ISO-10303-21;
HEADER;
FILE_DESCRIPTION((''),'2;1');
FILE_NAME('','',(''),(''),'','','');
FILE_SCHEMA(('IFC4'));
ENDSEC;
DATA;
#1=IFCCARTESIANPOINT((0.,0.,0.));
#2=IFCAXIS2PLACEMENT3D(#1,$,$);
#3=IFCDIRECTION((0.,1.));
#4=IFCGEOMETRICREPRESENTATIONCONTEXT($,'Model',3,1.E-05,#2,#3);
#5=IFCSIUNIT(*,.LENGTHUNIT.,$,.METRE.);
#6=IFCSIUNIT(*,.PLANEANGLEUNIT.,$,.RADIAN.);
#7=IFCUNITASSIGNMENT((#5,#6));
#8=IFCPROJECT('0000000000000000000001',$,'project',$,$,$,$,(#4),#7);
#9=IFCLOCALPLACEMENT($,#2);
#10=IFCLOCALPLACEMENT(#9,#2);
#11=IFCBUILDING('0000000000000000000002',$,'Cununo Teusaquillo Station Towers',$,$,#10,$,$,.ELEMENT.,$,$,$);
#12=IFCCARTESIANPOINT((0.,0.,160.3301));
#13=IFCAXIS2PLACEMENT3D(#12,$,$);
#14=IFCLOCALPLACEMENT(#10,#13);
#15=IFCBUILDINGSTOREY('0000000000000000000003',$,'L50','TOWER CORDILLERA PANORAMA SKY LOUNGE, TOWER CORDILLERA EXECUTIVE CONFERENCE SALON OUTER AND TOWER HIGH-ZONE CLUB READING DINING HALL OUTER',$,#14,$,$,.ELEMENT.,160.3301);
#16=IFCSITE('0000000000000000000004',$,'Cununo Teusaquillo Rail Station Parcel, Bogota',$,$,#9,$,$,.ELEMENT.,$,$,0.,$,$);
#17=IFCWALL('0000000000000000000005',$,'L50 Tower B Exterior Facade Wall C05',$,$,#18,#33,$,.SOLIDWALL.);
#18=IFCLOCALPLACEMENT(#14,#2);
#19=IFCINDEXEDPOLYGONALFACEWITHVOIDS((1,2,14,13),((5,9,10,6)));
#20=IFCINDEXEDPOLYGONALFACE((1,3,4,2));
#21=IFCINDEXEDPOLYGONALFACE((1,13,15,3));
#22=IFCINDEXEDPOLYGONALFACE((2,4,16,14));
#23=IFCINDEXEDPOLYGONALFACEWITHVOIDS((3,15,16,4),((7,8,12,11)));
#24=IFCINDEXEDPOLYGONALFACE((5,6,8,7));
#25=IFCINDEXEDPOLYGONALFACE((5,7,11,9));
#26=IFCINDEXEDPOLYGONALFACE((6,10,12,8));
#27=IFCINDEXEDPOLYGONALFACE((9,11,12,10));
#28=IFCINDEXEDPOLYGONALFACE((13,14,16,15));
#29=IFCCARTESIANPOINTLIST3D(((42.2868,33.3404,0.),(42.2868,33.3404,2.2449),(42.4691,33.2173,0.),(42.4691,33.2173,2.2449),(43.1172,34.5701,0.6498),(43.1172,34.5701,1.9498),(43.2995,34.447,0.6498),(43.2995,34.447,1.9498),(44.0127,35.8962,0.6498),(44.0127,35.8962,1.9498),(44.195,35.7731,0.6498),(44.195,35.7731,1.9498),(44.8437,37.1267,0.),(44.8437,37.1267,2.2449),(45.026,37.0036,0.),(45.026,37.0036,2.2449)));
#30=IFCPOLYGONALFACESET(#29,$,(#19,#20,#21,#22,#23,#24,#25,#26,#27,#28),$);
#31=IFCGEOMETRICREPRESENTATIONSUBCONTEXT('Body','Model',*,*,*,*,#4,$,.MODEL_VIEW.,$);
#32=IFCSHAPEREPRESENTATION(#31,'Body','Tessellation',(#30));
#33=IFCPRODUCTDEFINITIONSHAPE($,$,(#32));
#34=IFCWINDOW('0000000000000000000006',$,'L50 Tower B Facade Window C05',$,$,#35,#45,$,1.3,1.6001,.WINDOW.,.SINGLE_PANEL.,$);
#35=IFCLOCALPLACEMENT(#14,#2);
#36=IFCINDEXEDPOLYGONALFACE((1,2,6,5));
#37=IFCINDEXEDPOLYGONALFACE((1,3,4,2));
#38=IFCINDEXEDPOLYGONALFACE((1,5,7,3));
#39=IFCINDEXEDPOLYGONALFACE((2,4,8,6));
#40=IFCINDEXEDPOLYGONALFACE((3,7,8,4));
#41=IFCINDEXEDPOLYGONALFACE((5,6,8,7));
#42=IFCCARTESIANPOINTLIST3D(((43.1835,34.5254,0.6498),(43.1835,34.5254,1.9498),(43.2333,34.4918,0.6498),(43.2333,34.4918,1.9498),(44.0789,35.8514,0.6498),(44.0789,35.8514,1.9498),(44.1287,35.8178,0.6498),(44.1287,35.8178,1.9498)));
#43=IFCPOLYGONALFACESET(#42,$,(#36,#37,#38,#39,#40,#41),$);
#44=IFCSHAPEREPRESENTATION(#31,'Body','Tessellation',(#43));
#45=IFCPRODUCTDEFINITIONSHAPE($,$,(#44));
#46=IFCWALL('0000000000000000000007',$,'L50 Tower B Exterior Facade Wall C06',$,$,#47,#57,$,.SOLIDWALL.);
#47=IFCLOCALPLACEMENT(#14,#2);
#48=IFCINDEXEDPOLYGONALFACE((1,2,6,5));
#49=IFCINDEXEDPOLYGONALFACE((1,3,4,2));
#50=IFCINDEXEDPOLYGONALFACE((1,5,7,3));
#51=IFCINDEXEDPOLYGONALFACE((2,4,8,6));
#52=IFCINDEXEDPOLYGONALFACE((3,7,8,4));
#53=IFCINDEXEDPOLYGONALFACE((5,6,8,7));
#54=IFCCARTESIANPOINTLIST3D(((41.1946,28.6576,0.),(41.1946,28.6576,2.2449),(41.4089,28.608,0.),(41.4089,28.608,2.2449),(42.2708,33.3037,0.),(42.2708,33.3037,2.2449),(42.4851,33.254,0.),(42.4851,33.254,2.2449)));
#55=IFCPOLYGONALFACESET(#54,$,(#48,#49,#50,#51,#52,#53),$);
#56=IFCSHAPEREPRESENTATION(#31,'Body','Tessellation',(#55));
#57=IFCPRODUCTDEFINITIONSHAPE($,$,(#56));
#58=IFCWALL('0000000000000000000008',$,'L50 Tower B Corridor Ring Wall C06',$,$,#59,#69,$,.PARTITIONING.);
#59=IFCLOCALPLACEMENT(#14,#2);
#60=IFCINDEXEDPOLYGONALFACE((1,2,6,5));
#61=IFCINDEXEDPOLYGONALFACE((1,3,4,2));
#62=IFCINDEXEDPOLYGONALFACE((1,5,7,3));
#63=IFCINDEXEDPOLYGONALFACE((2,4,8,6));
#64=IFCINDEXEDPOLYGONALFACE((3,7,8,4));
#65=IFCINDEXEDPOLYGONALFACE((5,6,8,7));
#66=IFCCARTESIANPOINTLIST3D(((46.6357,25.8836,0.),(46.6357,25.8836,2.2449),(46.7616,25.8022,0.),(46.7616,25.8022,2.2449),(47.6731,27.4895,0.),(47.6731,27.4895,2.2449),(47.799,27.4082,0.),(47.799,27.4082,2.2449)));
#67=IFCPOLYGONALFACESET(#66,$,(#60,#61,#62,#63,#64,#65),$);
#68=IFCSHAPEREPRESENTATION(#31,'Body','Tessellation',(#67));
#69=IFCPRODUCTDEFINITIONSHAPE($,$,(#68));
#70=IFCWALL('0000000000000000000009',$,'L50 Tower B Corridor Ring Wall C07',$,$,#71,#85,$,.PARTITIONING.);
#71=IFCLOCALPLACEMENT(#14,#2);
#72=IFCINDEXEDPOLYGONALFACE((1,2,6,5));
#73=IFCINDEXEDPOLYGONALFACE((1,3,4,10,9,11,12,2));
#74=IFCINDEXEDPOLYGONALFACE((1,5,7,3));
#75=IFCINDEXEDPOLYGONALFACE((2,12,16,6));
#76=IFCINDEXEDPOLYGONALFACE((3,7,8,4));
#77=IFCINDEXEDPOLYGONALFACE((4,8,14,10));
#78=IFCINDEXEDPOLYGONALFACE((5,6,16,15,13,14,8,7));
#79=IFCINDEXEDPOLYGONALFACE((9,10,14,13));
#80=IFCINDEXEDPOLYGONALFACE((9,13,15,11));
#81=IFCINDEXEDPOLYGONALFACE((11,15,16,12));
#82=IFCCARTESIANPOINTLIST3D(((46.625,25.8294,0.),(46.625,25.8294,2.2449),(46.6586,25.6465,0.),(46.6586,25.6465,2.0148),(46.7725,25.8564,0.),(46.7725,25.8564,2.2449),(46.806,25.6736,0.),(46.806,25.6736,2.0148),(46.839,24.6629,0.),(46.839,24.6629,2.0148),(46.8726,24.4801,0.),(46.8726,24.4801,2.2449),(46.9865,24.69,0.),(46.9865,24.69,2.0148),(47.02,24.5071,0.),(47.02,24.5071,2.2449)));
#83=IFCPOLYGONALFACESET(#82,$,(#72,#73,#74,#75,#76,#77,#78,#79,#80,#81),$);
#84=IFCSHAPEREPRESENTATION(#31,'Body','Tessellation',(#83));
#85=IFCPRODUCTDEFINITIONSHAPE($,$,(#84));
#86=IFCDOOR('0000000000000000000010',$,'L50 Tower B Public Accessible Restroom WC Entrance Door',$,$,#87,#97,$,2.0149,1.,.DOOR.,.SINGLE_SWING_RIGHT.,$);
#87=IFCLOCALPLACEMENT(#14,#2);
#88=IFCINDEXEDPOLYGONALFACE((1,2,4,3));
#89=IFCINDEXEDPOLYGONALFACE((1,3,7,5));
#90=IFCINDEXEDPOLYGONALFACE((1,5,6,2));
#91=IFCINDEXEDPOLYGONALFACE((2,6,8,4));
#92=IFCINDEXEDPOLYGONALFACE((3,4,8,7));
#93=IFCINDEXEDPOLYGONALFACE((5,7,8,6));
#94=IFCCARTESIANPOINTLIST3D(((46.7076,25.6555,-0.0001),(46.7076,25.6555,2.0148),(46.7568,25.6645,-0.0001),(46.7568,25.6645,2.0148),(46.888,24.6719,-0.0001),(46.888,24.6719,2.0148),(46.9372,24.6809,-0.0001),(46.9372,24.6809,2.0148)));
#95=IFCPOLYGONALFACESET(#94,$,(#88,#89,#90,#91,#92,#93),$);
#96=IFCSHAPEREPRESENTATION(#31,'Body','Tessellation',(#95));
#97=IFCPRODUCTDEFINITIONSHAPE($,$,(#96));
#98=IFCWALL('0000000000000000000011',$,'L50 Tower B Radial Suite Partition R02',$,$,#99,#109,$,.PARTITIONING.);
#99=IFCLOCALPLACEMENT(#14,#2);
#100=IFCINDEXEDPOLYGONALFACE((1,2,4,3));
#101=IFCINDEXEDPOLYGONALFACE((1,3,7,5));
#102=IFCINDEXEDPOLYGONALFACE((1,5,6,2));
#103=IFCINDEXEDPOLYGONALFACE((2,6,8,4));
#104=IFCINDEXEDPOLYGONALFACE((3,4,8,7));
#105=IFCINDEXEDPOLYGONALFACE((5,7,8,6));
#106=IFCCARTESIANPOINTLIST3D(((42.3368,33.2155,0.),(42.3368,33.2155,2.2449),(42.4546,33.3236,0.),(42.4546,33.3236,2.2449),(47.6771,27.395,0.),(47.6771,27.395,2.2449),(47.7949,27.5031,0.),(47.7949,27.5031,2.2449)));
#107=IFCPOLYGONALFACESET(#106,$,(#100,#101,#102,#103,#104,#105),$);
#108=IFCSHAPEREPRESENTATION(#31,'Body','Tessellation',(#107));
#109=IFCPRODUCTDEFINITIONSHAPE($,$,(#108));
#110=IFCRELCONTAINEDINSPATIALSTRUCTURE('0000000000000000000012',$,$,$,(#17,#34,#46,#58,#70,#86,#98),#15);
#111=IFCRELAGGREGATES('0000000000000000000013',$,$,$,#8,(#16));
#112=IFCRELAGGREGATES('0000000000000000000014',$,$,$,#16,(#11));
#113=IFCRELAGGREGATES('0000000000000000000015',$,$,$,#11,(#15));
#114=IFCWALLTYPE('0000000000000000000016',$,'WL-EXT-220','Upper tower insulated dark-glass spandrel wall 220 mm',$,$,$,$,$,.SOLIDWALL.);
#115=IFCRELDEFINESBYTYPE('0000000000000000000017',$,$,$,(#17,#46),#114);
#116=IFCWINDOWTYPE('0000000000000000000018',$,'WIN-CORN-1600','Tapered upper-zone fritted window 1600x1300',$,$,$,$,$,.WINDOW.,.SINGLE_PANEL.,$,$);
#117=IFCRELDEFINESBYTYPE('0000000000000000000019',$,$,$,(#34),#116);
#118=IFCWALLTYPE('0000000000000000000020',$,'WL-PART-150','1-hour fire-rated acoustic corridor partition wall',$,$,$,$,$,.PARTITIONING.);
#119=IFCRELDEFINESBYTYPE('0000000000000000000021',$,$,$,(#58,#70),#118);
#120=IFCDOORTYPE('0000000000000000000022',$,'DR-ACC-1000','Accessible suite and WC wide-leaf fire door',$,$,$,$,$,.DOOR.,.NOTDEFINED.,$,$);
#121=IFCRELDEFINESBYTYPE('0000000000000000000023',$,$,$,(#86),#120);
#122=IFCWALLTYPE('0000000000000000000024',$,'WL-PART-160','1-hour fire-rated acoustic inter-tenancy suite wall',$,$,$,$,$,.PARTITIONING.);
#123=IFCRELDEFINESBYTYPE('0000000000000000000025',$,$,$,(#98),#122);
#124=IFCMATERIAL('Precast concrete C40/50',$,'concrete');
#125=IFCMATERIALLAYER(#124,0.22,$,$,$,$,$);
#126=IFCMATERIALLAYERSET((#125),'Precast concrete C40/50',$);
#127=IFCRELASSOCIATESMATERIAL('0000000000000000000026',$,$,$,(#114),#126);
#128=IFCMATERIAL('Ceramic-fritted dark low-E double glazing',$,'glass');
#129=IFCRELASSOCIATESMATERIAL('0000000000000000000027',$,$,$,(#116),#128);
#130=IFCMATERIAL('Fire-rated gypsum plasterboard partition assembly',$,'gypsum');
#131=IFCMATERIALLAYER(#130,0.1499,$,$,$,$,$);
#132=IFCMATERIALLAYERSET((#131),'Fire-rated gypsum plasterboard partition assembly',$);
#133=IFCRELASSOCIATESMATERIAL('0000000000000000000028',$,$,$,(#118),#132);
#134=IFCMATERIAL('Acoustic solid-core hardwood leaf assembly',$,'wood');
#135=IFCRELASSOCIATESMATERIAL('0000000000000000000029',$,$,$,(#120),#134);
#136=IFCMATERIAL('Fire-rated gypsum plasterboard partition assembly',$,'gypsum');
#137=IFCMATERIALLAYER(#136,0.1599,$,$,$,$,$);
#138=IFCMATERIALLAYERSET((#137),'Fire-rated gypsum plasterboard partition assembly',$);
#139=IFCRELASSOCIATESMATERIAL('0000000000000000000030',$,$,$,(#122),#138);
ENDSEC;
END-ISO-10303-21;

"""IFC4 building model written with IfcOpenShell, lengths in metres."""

from ifc_helpers import new_model, si_unit, direction, frame, frame_2d, origin, place, context, subcontext, project, spatial, rectangle, extrude, source, transform, mapped, material, layer, layer_set, type_object, element, fill, save


model = new_model("IFC4")

# Units and contexts
model_context = context("Model", 3, precision=1e-05, world=origin(), true_north=direction((0.0, 1.0)))
body_context = subcontext(model_context, "Body", "Model", "MODEL_VIEW")
ifc_project = project(units=[si_unit("LENGTHUNIT", "METRE"), si_unit("PLANEANGLEUNIT", "RADIAN")], contexts=[model_context])

# Site, building, storey
site_placement = place(None, origin())
site = spatial("IfcSite", under=ifc_project, at=site_placement, Name="Cununo Teusaquillo Rail Station Parcel, Bogota", CompositionType="ELEMENT", RefElevation=0.0)
building_placement = place(site_placement, origin())
building = spatial("IfcBuilding", under=site, at=building_placement, Name="Cununo Teusaquillo Station Towers", CompositionType="ELEMENT")
storey_placement = place(building_placement, frame((0.0, 0.0, 160.3301)))
storey = spatial("IfcBuildingStorey", under=building, at=storey_placement, Name="L50", Description="TOWER CORDILLERA PANORAMA SKY LOUNGE, TOWER CORDILLERA EXECUTIVE CONFERENCE SALON OUTER AND TOWER HIGH-ZONE CLUB READING DINING HALL OUTER", CompositionType="ELEMENT", Elevation=160.3301)

# Shared definitions
ifc_material_1 = material(Name="Precast concrete C40/50", Category="concrete")
ifc_layer_1 = layer(ifc_material_1, 0.22)
ifc_layer_set_1 = layer_set([ifc_layer_1], Name="Precast concrete C40/50")
wall_type_1 = type_object("IfcWallType", Name="WL-EXT-220", Description="Upper tower insulated dark-glass spandrel wall 220 mm", PredefinedType="SOLIDWALL", material=ifc_layer_set_1)

# Wall, opening, window
wall_1_placement = place(storey_placement, frame((42.3779, 33.2788, 0.0), z_axis=(0.0, 0.0, 1.0), x_axis=(0.559635, 0.828739, 0.0)))
wall_1 = element("IfcWall", 1, at=wall_1_placement, inside=storey, type_object=wall_type_1, Name="L50 Tower B Exterior Facade Wall C05", PredefinedType="SOLIDWALL", context=body_context, shape_type="SweptSolid", body=[
    extrude(rectangle(XDim=4.5688, YDim=0.22, at=frame_2d((2.2844, 0.0))), origin(), (0.0, 0.0, 1.0), 2.2449),
])
shared_shape_1 = source(origin(), body_context, "Body", "SweptSolid", [
    extrude(rectangle(XDim=1.6001, YDim=1.3, at=frame_2d((0.8, 0.6499))), frame((0.0, 0.1199, 0.0), z_axis=(0.0, -1.0, 0.0), x_axis=(1.0, 0.0, 0.0)), (0.0, 0.0, 1.0), 0.24),
])
opening_1_placement = place(wall_1_placement, frame((1.4839, 0.0, 0.6499)))
opening_1 = element("IfcOpeningElement", 2, at=opening_1_placement, cuts=wall_1, PredefinedType="OPENING", context=body_context, shape_type="MappedRepresentation", body=[
    mapped(shared_shape_1, transform((0.0, 0.0, 0.0), x_axis=(1.0, 0.0, 0.0), y_axis=(0.0, 1.0, 0.0), z_axis=(0.0, 0.0, 1.0), scale=1.0)),
])
ifc_material_2 = material(Name="Ceramic-fritted dark low-E double glazing", Category="glass")
window_type = type_object("IfcWindowType", Name="WIN-CORN-1600", Description="Tapered upper-zone fritted window 1600x1300", PartitioningType="SINGLE_PANEL", PredefinedType="WINDOW", material=ifc_material_2)
shared_shape_2 = source(origin(), body_context, "Body", "SweptSolid", [
    extrude(rectangle(XDim=1.6001, YDim=1.3, at=frame_2d((0.8, 0.6499))), frame((0.0, 0.03, 0.0), z_axis=(0.0, -1.0, 0.0), x_axis=(1.0, 0.0, 0.0)), (0.0, 0.0, 1.0), 0.0601),
])
window_placement = place(opening_1_placement, origin())
window = element("IfcWindow", 3, at=window_placement, inside=storey, type_object=window_type, Name="L50 Tower B Facade Window C05", OverallHeight=1.3, OverallWidth=1.6001, PartitioningType="SINGLE_PANEL", PredefinedType="WINDOW", context=body_context, shape_type="MappedRepresentation", body=[
    mapped(shared_shape_2, transform((0.0, 0.0, 0.0), x_axis=(1.0, 0.0, 0.0), y_axis=(0.0, 1.0, 0.0), z_axis=(0.0, 0.0, 1.0), scale=1.0)),
])
fill(opening_1, window)

# Walls
wall_2_placement = place(storey_placement, frame((41.3018, 28.6328, 0.0), z_axis=(0.0, 0.0, 1.0), x_axis=(0.22566, 0.974206, 0.0)))
element("IfcWall", 4, at=wall_2_placement, inside=storey, type_object=wall_type_1, Name="L50 Tower B Exterior Facade Wall C06", PredefinedType="SOLIDWALL", context=body_context, shape_type="SweptSolid", body=[
    extrude(rectangle(XDim=4.769, YDim=0.22, at=frame_2d((2.3845, 0.0))), origin(), (0.0, 0.0, 1.0), 2.2449),
])
ifc_material_3 = material(Name="Fire-rated gypsum plasterboard partition assembly", Category="gypsum")
ifc_layer_2 = layer(ifc_material_3, 0.1499)
ifc_layer_set_2 = layer_set([ifc_layer_2], Name="Fire-rated gypsum plasterboard partition assembly")
wall_type_2 = type_object("IfcWallType", Name="WL-PART-150", Description="1-hour fire-rated acoustic corridor partition wall", PredefinedType="PARTITIONING", material=ifc_layer_set_2)
wall_3_placement = place(storey_placement, frame((47.7361, 27.449, 0.0), z_axis=(0.0, 0.0, 1.0), x_axis=(-0.542589, -0.839998, 0.0)))
element("IfcWall", 5, at=wall_3_placement, inside=storey, type_object=wall_type_2, Name="L50 Tower B Corridor Ring Wall C06", PredefinedType="PARTITIONING", context=body_context, shape_type="SweptSolid", body=[
    extrude(rectangle(XDim=1.9119, YDim=0.1499, at=frame_2d((0.9561, 0.0))), origin(), (0.0, 0.0, 1.0), 2.2449),
])

# Wall, opening, door
wall_4_placement = place(storey_placement, frame((46.6987, 25.843, 0.0), z_axis=(0.0, 0.0, 1.0), x_axis=(0.180451, -0.983584, 0.0)))
wall_4 = element("IfcWall", 6, at=wall_4_placement, inside=storey, type_object=wall_type_2, Name="L50 Tower B Corridor Ring Wall C07", PredefinedType="PARTITIONING", context=body_context, shape_type="SweptSolid", body=[
    extrude(rectangle(XDim=1.3718, YDim=0.1499, at=frame_2d((0.686, 0.0))), origin(), (0.0, 0.0, 1.0), 2.2449),
])
shared_shape_3 = source(origin(), body_context, "Body", "SweptSolid", [
    extrude(rectangle(XDim=1.0, YDim=2.0149, at=frame_2d((0.5, 1.0073))), frame((0.0, 0.085, 0.0), z_axis=(0.0, -1.0, 0.0), x_axis=(1.0, 0.0, 0.0)), (0.0, 0.0, 1.0), 0.1699),
])
opening_2_placement = place(wall_4_placement, frame((0.186, 0.0, 0.0)))
opening_2 = element("IfcOpeningElement", 7, at=opening_2_placement, cuts=wall_4, PredefinedType="OPENING", context=body_context, shape_type="MappedRepresentation", body=[
    mapped(shared_shape_3, transform((0.0, 0.0, 0.0), x_axis=(1.0, 0.0, 0.0), y_axis=(0.0, 1.0, 0.0), z_axis=(0.0, 0.0, 1.0), scale=1.0)),
])
ifc_material_4 = material(Name="Acoustic solid-core hardwood leaf assembly", Category="wood")
door_type_1 = type_object("IfcDoorType", Name="DR-ACC-1000", Description="Accessible suite and WC wide-leaf fire door", OperationType="NOTDEFINED", PredefinedType="DOOR", material=ifc_material_4)
shared_shape_4 = source(origin(), body_context, "Body", "SweptSolid", [
    extrude(rectangle(XDim=1.0, YDim=2.0149, at=frame_2d((0.5, 1.0073))), frame((0.0, 0.0249, 0.0), z_axis=(0.0, -1.0, 0.0), x_axis=(1.0, 0.0, 0.0)), (0.0, 0.0, 1.0), 0.05),
])
door_1_placement = place(opening_2_placement, origin())
door_1 = element("IfcDoor", 8, at=door_1_placement, inside=storey, type_object=door_type_1, Name="L50 Tower B Public Accessible Restroom WC Entrance Door", OperationType="SINGLE_SWING_RIGHT", OverallHeight=2.0149, OverallWidth=1.0, PredefinedType="DOOR", context=body_context, shape_type="MappedRepresentation", body=[
    mapped(shared_shape_4, transform((0.0, 0.0, 0.0), x_axis=(1.0, 0.0, 0.0), y_axis=(0.0, 1.0, 0.0), z_axis=(0.0, 0.0, 1.0), scale=1.0)),
])
fill(opening_2, door_1)

# Wall
ifc_material_5 = material(Name="Fire-rated gypsum plasterboard partition assembly", Category="gypsum")
ifc_layer_3 = layer(ifc_material_5, 0.1599)
ifc_layer_set_3 = layer_set([ifc_layer_3], Name="Fire-rated gypsum plasterboard partition assembly")
wall_type_3 = type_object("IfcWallType", Name="WL-PART-160", Description="1-hour fire-rated acoustic inter-tenancy suite wall", PredefinedType="PARTITIONING", material=ifc_layer_set_3)
wall_5_placement = place(storey_placement, frame((47.7361, 27.449, 0.0), z_axis=(0.0, 0.0, 1.0), x_axis=(-0.676056, 0.73685, 0.0)))
element("IfcWall", 9, at=wall_5_placement, inside=storey, type_object=wall_type_3, Name="L50 Tower B Radial Suite Partition R02", PredefinedType="PARTITIONING", context=body_context, shape_type="SweptSolid", body=[
    extrude(rectangle(XDim=7.8992, YDim=0.1599, at=frame_2d((3.9497, 0.0))), origin(), (0.0, 0.0, 1.0), 2.2449),
])

save(model, "model.ifc")
